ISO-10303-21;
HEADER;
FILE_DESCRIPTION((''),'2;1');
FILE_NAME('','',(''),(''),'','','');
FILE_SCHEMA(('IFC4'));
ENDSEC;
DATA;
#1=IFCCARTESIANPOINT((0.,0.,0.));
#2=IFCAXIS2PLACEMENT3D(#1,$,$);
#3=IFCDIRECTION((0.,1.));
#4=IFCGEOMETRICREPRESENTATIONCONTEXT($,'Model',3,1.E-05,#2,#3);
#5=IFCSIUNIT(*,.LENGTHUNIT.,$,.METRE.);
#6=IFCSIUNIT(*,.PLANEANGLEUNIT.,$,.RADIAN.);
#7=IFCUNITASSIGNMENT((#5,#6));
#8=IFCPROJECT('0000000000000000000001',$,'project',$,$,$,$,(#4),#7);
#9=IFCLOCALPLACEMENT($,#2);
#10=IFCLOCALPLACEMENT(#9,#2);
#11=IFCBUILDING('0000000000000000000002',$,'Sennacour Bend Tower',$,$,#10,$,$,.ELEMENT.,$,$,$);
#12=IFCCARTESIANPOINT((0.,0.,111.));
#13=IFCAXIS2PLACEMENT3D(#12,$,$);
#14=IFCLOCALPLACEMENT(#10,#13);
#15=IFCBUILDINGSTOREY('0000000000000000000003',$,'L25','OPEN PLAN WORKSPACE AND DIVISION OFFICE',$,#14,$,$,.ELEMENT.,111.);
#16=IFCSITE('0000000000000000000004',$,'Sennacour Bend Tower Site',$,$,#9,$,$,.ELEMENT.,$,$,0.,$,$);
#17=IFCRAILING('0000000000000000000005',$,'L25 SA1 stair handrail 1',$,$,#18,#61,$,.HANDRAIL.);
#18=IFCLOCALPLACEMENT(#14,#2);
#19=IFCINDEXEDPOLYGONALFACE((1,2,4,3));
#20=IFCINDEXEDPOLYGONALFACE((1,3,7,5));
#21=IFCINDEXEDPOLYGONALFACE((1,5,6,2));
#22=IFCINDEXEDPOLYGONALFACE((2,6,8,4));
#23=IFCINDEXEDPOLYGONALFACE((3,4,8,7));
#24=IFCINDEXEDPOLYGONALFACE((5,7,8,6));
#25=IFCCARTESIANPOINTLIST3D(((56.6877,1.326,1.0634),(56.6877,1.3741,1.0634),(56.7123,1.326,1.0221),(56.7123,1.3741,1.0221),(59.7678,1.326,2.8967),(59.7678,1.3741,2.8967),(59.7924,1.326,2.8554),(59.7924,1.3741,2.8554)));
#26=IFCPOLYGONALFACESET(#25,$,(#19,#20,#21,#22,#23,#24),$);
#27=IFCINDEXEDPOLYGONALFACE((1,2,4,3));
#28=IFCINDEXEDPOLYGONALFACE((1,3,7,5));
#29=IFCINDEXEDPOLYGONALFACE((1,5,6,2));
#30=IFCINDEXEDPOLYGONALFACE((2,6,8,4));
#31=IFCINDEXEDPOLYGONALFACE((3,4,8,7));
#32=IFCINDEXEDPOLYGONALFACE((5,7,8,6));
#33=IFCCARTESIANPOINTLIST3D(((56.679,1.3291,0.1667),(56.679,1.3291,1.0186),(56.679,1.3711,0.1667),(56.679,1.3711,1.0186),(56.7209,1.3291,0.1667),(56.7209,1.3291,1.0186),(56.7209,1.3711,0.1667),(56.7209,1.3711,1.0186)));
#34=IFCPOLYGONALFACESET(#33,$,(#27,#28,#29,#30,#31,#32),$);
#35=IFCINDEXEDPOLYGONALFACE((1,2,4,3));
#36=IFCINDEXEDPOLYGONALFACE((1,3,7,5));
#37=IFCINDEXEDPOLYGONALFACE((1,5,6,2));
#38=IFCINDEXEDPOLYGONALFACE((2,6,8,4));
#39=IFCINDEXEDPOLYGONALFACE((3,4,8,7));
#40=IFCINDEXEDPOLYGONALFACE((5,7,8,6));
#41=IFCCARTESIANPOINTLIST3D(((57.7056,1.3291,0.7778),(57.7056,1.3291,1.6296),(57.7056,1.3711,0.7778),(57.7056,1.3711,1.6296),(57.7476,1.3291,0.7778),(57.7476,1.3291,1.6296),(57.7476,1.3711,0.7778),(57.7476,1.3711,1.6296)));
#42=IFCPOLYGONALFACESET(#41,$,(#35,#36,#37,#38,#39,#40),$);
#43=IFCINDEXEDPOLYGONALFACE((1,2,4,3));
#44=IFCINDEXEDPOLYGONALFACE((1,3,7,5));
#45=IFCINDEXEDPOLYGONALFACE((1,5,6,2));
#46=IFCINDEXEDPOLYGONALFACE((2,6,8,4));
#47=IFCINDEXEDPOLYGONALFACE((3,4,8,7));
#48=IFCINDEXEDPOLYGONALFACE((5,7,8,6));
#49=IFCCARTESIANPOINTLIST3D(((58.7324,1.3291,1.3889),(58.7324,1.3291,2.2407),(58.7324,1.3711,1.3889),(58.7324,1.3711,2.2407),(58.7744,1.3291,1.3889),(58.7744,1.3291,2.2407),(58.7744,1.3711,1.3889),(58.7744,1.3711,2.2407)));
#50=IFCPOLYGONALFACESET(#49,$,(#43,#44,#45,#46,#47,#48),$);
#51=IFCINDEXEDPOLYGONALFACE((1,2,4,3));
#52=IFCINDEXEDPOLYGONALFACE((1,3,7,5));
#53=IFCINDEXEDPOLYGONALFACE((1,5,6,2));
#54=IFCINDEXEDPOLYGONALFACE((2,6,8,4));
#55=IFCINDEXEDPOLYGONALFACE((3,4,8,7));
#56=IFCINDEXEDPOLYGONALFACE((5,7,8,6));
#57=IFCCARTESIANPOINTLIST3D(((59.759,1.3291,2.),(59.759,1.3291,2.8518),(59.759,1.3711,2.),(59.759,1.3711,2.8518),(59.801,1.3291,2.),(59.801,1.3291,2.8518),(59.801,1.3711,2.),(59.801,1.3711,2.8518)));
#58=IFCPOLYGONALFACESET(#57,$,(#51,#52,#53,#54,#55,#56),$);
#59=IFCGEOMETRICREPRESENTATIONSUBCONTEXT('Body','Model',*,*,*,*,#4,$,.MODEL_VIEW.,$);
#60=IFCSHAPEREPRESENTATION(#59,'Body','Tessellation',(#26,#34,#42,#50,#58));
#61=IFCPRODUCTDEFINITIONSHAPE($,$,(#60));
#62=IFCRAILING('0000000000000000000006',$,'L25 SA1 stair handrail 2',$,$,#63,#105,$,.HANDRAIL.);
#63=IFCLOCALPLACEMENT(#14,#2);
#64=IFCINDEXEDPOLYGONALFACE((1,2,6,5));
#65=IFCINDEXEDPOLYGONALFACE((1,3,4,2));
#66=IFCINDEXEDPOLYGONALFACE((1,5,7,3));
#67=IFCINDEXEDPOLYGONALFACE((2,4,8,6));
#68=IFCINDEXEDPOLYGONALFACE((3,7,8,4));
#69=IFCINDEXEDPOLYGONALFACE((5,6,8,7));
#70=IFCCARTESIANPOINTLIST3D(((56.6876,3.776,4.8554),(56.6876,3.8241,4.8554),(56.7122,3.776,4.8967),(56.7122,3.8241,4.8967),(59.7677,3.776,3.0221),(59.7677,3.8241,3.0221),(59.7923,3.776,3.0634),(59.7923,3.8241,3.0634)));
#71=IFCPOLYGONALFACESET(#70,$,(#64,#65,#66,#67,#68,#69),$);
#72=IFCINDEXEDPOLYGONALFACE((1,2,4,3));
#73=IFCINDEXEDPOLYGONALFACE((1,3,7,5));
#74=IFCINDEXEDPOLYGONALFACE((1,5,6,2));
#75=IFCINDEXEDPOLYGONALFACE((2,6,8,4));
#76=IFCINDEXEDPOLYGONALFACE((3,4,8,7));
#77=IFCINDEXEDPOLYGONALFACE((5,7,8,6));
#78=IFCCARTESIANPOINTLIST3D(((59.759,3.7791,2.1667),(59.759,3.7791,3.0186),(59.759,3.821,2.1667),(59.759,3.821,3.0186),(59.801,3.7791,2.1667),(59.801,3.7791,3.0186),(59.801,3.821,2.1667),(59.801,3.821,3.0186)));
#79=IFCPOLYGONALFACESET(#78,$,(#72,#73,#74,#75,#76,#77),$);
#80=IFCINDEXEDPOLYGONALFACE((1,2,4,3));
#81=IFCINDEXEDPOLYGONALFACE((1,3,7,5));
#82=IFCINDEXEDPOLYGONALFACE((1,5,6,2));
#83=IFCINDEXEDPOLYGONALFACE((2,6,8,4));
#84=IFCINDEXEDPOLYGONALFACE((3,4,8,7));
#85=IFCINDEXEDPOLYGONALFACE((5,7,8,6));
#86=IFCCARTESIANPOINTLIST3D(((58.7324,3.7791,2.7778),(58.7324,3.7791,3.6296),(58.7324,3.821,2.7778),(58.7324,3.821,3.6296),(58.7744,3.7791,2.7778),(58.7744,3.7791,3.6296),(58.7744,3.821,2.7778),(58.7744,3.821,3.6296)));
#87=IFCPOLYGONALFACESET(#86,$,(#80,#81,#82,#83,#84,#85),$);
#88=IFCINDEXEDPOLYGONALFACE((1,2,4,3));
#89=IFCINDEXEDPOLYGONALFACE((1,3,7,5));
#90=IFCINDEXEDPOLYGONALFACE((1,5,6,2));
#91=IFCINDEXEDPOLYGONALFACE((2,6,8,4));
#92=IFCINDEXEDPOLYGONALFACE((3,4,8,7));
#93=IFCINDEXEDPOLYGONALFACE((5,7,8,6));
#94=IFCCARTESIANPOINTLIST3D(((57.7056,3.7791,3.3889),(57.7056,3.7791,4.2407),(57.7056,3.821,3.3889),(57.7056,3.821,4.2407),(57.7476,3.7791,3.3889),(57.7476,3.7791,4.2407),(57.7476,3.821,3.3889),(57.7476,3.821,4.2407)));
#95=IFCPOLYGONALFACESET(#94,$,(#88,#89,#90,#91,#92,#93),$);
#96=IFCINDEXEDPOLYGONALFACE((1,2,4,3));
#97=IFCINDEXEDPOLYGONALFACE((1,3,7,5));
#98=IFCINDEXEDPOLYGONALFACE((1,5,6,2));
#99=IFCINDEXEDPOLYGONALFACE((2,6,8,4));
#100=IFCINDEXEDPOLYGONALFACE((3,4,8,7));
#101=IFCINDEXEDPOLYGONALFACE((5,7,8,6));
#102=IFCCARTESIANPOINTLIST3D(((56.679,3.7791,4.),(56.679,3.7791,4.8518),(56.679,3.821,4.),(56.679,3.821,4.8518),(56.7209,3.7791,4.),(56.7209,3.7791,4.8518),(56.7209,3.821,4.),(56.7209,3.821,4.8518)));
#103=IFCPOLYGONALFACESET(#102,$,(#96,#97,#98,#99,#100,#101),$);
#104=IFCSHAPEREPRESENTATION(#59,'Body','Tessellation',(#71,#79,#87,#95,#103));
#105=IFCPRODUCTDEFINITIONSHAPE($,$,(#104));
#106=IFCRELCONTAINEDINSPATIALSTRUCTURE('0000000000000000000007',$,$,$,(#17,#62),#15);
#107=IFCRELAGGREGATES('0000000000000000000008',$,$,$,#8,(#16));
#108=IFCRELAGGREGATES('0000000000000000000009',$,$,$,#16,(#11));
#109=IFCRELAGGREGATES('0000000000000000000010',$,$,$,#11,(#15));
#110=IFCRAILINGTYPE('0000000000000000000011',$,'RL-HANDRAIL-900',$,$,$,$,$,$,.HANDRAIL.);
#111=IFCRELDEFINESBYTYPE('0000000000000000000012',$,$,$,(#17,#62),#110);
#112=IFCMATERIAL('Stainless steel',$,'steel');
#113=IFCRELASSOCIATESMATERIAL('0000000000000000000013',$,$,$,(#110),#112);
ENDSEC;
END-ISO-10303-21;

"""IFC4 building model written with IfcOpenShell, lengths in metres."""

from ifc_helpers import new_model, si_unit, direction, frame, origin, origin_2d, place, context, subcontext, project, spatial, rectangle, extrude, material, type_object, element, save


model = new_model("IFC4")

# Units and contexts
model_context = context("Model", 3, precision=1e-05, world=origin(), true_north=direction((0.0, 1.0)))
body_context = subcontext(model_context, "Body", "Model", "MODEL_VIEW")
ifc_project = project(units=[si_unit("LENGTHUNIT", "METRE"), si_unit("PLANEANGLEUNIT", "RADIAN")], contexts=[model_context])

# Site, building, storey
site_placement = place(None, origin())
site = spatial("IfcSite", under=ifc_project, at=site_placement, Name="Sennacour Bend Tower Site", CompositionType="ELEMENT", RefElevation=0.0)
building_placement = place(site_placement, origin())
building = spatial("IfcBuilding", under=site, at=building_placement, Name="Sennacour Bend Tower", CompositionType="ELEMENT")
storey_placement = place(building_placement, frame((0.0, 0.0, 111.0)))
storey = spatial("IfcBuildingStorey", under=building, at=storey_placement, Name="L25", Description="OPEN PLAN WORKSPACE AND DIVISION OFFICE", CompositionType="ELEMENT", Elevation=111.0)

# Shared definitions
ifc_material_1 = material(Name="Stainless steel", Category="steel")

# Railings
railing_type_1 = type_object("IfcRailingType", Name="RL-HANDRAIL-900", PredefinedType="HANDRAIL", material=ifc_material_1)
railing_1_placement = place(storey_placement, frame((56.7, 1.3501, 0.1667)))
element("IfcRailing", 1, at=railing_1_placement, inside=storey, type_object=railing_type_1, Name="L25 SA1 stair handrail 1", PredefinedType="HANDRAIL", context=body_context, shape_type="SweptSolid", body=[
    extrude(rectangle(XDim=0.0481, YDim=0.0481, at=origin_2d()), frame((0.0, 0.0, 0.876), z_axis=(0.859309, 0.0, 0.511458), x_axis=(0.0, 1.0, 0.0)), (0.0, 0.0, 1.0), 3.5845),
    extrude(rectangle(XDim=0.042, YDim=0.042, at=origin_2d()), origin(), (0.0, 0.0, 1.0), 0.8518),
    extrude(rectangle(XDim=0.042, YDim=0.042, at=origin_2d()), frame((1.0266, 0.0, 0.6111)), (0.0, 0.0, 1.0), 0.8518),
    extrude(rectangle(XDim=0.042, YDim=0.042, at=origin_2d()), frame((2.0535, 0.0, 1.2222)), (0.0, 0.0, 1.0), 0.8518),
    extrude(rectangle(XDim=0.042, YDim=0.042, at=origin_2d()), frame((3.0801, 0.0, 1.8333)), (0.0, 0.0, 1.0), 0.8518),
])
railing_2_placement = place(storey_placement, frame((59.78, 3.8, 2.1667)))
element("IfcRailing", 2, at=railing_2_placement, inside=storey, type_object=railing_type_1, Name="L25 SA1 stair handrail 2", PredefinedType="HANDRAIL", context=body_context, shape_type="SweptSolid", body=[
    extrude(rectangle(XDim=0.0481, YDim=0.0481, at=origin_2d()), frame((0.0, 0.0, 0.876), z_axis=(-0.859309, 0.0, 0.511458), x_axis=(0.0, -1.0, 0.0)), (0.0, 0.0, 1.0), 3.5845),
    extrude(rectangle(XDim=0.042, YDim=0.042, at=origin_2d()), origin(), (0.0, 0.0, 1.0), 0.8518),
    extrude(rectangle(XDim=0.042, YDim=0.042, at=origin_2d()), frame((-1.0266, 0.0, 0.6111)), (0.0, 0.0, 1.0), 0.8518),
    extrude(rectangle(XDim=0.042, YDim=0.042, at=origin_2d()), frame((-2.0535, 0.0, 1.2222)), (0.0, 0.0, 1.0), 0.8518),
    extrude(rectangle(XDim=0.042, YDim=0.042, at=origin_2d()), frame((-3.0801, 0.0, 1.8333)), (0.0, 0.0, 1.0), 0.8518),
])

save(model, "model.ifc")
